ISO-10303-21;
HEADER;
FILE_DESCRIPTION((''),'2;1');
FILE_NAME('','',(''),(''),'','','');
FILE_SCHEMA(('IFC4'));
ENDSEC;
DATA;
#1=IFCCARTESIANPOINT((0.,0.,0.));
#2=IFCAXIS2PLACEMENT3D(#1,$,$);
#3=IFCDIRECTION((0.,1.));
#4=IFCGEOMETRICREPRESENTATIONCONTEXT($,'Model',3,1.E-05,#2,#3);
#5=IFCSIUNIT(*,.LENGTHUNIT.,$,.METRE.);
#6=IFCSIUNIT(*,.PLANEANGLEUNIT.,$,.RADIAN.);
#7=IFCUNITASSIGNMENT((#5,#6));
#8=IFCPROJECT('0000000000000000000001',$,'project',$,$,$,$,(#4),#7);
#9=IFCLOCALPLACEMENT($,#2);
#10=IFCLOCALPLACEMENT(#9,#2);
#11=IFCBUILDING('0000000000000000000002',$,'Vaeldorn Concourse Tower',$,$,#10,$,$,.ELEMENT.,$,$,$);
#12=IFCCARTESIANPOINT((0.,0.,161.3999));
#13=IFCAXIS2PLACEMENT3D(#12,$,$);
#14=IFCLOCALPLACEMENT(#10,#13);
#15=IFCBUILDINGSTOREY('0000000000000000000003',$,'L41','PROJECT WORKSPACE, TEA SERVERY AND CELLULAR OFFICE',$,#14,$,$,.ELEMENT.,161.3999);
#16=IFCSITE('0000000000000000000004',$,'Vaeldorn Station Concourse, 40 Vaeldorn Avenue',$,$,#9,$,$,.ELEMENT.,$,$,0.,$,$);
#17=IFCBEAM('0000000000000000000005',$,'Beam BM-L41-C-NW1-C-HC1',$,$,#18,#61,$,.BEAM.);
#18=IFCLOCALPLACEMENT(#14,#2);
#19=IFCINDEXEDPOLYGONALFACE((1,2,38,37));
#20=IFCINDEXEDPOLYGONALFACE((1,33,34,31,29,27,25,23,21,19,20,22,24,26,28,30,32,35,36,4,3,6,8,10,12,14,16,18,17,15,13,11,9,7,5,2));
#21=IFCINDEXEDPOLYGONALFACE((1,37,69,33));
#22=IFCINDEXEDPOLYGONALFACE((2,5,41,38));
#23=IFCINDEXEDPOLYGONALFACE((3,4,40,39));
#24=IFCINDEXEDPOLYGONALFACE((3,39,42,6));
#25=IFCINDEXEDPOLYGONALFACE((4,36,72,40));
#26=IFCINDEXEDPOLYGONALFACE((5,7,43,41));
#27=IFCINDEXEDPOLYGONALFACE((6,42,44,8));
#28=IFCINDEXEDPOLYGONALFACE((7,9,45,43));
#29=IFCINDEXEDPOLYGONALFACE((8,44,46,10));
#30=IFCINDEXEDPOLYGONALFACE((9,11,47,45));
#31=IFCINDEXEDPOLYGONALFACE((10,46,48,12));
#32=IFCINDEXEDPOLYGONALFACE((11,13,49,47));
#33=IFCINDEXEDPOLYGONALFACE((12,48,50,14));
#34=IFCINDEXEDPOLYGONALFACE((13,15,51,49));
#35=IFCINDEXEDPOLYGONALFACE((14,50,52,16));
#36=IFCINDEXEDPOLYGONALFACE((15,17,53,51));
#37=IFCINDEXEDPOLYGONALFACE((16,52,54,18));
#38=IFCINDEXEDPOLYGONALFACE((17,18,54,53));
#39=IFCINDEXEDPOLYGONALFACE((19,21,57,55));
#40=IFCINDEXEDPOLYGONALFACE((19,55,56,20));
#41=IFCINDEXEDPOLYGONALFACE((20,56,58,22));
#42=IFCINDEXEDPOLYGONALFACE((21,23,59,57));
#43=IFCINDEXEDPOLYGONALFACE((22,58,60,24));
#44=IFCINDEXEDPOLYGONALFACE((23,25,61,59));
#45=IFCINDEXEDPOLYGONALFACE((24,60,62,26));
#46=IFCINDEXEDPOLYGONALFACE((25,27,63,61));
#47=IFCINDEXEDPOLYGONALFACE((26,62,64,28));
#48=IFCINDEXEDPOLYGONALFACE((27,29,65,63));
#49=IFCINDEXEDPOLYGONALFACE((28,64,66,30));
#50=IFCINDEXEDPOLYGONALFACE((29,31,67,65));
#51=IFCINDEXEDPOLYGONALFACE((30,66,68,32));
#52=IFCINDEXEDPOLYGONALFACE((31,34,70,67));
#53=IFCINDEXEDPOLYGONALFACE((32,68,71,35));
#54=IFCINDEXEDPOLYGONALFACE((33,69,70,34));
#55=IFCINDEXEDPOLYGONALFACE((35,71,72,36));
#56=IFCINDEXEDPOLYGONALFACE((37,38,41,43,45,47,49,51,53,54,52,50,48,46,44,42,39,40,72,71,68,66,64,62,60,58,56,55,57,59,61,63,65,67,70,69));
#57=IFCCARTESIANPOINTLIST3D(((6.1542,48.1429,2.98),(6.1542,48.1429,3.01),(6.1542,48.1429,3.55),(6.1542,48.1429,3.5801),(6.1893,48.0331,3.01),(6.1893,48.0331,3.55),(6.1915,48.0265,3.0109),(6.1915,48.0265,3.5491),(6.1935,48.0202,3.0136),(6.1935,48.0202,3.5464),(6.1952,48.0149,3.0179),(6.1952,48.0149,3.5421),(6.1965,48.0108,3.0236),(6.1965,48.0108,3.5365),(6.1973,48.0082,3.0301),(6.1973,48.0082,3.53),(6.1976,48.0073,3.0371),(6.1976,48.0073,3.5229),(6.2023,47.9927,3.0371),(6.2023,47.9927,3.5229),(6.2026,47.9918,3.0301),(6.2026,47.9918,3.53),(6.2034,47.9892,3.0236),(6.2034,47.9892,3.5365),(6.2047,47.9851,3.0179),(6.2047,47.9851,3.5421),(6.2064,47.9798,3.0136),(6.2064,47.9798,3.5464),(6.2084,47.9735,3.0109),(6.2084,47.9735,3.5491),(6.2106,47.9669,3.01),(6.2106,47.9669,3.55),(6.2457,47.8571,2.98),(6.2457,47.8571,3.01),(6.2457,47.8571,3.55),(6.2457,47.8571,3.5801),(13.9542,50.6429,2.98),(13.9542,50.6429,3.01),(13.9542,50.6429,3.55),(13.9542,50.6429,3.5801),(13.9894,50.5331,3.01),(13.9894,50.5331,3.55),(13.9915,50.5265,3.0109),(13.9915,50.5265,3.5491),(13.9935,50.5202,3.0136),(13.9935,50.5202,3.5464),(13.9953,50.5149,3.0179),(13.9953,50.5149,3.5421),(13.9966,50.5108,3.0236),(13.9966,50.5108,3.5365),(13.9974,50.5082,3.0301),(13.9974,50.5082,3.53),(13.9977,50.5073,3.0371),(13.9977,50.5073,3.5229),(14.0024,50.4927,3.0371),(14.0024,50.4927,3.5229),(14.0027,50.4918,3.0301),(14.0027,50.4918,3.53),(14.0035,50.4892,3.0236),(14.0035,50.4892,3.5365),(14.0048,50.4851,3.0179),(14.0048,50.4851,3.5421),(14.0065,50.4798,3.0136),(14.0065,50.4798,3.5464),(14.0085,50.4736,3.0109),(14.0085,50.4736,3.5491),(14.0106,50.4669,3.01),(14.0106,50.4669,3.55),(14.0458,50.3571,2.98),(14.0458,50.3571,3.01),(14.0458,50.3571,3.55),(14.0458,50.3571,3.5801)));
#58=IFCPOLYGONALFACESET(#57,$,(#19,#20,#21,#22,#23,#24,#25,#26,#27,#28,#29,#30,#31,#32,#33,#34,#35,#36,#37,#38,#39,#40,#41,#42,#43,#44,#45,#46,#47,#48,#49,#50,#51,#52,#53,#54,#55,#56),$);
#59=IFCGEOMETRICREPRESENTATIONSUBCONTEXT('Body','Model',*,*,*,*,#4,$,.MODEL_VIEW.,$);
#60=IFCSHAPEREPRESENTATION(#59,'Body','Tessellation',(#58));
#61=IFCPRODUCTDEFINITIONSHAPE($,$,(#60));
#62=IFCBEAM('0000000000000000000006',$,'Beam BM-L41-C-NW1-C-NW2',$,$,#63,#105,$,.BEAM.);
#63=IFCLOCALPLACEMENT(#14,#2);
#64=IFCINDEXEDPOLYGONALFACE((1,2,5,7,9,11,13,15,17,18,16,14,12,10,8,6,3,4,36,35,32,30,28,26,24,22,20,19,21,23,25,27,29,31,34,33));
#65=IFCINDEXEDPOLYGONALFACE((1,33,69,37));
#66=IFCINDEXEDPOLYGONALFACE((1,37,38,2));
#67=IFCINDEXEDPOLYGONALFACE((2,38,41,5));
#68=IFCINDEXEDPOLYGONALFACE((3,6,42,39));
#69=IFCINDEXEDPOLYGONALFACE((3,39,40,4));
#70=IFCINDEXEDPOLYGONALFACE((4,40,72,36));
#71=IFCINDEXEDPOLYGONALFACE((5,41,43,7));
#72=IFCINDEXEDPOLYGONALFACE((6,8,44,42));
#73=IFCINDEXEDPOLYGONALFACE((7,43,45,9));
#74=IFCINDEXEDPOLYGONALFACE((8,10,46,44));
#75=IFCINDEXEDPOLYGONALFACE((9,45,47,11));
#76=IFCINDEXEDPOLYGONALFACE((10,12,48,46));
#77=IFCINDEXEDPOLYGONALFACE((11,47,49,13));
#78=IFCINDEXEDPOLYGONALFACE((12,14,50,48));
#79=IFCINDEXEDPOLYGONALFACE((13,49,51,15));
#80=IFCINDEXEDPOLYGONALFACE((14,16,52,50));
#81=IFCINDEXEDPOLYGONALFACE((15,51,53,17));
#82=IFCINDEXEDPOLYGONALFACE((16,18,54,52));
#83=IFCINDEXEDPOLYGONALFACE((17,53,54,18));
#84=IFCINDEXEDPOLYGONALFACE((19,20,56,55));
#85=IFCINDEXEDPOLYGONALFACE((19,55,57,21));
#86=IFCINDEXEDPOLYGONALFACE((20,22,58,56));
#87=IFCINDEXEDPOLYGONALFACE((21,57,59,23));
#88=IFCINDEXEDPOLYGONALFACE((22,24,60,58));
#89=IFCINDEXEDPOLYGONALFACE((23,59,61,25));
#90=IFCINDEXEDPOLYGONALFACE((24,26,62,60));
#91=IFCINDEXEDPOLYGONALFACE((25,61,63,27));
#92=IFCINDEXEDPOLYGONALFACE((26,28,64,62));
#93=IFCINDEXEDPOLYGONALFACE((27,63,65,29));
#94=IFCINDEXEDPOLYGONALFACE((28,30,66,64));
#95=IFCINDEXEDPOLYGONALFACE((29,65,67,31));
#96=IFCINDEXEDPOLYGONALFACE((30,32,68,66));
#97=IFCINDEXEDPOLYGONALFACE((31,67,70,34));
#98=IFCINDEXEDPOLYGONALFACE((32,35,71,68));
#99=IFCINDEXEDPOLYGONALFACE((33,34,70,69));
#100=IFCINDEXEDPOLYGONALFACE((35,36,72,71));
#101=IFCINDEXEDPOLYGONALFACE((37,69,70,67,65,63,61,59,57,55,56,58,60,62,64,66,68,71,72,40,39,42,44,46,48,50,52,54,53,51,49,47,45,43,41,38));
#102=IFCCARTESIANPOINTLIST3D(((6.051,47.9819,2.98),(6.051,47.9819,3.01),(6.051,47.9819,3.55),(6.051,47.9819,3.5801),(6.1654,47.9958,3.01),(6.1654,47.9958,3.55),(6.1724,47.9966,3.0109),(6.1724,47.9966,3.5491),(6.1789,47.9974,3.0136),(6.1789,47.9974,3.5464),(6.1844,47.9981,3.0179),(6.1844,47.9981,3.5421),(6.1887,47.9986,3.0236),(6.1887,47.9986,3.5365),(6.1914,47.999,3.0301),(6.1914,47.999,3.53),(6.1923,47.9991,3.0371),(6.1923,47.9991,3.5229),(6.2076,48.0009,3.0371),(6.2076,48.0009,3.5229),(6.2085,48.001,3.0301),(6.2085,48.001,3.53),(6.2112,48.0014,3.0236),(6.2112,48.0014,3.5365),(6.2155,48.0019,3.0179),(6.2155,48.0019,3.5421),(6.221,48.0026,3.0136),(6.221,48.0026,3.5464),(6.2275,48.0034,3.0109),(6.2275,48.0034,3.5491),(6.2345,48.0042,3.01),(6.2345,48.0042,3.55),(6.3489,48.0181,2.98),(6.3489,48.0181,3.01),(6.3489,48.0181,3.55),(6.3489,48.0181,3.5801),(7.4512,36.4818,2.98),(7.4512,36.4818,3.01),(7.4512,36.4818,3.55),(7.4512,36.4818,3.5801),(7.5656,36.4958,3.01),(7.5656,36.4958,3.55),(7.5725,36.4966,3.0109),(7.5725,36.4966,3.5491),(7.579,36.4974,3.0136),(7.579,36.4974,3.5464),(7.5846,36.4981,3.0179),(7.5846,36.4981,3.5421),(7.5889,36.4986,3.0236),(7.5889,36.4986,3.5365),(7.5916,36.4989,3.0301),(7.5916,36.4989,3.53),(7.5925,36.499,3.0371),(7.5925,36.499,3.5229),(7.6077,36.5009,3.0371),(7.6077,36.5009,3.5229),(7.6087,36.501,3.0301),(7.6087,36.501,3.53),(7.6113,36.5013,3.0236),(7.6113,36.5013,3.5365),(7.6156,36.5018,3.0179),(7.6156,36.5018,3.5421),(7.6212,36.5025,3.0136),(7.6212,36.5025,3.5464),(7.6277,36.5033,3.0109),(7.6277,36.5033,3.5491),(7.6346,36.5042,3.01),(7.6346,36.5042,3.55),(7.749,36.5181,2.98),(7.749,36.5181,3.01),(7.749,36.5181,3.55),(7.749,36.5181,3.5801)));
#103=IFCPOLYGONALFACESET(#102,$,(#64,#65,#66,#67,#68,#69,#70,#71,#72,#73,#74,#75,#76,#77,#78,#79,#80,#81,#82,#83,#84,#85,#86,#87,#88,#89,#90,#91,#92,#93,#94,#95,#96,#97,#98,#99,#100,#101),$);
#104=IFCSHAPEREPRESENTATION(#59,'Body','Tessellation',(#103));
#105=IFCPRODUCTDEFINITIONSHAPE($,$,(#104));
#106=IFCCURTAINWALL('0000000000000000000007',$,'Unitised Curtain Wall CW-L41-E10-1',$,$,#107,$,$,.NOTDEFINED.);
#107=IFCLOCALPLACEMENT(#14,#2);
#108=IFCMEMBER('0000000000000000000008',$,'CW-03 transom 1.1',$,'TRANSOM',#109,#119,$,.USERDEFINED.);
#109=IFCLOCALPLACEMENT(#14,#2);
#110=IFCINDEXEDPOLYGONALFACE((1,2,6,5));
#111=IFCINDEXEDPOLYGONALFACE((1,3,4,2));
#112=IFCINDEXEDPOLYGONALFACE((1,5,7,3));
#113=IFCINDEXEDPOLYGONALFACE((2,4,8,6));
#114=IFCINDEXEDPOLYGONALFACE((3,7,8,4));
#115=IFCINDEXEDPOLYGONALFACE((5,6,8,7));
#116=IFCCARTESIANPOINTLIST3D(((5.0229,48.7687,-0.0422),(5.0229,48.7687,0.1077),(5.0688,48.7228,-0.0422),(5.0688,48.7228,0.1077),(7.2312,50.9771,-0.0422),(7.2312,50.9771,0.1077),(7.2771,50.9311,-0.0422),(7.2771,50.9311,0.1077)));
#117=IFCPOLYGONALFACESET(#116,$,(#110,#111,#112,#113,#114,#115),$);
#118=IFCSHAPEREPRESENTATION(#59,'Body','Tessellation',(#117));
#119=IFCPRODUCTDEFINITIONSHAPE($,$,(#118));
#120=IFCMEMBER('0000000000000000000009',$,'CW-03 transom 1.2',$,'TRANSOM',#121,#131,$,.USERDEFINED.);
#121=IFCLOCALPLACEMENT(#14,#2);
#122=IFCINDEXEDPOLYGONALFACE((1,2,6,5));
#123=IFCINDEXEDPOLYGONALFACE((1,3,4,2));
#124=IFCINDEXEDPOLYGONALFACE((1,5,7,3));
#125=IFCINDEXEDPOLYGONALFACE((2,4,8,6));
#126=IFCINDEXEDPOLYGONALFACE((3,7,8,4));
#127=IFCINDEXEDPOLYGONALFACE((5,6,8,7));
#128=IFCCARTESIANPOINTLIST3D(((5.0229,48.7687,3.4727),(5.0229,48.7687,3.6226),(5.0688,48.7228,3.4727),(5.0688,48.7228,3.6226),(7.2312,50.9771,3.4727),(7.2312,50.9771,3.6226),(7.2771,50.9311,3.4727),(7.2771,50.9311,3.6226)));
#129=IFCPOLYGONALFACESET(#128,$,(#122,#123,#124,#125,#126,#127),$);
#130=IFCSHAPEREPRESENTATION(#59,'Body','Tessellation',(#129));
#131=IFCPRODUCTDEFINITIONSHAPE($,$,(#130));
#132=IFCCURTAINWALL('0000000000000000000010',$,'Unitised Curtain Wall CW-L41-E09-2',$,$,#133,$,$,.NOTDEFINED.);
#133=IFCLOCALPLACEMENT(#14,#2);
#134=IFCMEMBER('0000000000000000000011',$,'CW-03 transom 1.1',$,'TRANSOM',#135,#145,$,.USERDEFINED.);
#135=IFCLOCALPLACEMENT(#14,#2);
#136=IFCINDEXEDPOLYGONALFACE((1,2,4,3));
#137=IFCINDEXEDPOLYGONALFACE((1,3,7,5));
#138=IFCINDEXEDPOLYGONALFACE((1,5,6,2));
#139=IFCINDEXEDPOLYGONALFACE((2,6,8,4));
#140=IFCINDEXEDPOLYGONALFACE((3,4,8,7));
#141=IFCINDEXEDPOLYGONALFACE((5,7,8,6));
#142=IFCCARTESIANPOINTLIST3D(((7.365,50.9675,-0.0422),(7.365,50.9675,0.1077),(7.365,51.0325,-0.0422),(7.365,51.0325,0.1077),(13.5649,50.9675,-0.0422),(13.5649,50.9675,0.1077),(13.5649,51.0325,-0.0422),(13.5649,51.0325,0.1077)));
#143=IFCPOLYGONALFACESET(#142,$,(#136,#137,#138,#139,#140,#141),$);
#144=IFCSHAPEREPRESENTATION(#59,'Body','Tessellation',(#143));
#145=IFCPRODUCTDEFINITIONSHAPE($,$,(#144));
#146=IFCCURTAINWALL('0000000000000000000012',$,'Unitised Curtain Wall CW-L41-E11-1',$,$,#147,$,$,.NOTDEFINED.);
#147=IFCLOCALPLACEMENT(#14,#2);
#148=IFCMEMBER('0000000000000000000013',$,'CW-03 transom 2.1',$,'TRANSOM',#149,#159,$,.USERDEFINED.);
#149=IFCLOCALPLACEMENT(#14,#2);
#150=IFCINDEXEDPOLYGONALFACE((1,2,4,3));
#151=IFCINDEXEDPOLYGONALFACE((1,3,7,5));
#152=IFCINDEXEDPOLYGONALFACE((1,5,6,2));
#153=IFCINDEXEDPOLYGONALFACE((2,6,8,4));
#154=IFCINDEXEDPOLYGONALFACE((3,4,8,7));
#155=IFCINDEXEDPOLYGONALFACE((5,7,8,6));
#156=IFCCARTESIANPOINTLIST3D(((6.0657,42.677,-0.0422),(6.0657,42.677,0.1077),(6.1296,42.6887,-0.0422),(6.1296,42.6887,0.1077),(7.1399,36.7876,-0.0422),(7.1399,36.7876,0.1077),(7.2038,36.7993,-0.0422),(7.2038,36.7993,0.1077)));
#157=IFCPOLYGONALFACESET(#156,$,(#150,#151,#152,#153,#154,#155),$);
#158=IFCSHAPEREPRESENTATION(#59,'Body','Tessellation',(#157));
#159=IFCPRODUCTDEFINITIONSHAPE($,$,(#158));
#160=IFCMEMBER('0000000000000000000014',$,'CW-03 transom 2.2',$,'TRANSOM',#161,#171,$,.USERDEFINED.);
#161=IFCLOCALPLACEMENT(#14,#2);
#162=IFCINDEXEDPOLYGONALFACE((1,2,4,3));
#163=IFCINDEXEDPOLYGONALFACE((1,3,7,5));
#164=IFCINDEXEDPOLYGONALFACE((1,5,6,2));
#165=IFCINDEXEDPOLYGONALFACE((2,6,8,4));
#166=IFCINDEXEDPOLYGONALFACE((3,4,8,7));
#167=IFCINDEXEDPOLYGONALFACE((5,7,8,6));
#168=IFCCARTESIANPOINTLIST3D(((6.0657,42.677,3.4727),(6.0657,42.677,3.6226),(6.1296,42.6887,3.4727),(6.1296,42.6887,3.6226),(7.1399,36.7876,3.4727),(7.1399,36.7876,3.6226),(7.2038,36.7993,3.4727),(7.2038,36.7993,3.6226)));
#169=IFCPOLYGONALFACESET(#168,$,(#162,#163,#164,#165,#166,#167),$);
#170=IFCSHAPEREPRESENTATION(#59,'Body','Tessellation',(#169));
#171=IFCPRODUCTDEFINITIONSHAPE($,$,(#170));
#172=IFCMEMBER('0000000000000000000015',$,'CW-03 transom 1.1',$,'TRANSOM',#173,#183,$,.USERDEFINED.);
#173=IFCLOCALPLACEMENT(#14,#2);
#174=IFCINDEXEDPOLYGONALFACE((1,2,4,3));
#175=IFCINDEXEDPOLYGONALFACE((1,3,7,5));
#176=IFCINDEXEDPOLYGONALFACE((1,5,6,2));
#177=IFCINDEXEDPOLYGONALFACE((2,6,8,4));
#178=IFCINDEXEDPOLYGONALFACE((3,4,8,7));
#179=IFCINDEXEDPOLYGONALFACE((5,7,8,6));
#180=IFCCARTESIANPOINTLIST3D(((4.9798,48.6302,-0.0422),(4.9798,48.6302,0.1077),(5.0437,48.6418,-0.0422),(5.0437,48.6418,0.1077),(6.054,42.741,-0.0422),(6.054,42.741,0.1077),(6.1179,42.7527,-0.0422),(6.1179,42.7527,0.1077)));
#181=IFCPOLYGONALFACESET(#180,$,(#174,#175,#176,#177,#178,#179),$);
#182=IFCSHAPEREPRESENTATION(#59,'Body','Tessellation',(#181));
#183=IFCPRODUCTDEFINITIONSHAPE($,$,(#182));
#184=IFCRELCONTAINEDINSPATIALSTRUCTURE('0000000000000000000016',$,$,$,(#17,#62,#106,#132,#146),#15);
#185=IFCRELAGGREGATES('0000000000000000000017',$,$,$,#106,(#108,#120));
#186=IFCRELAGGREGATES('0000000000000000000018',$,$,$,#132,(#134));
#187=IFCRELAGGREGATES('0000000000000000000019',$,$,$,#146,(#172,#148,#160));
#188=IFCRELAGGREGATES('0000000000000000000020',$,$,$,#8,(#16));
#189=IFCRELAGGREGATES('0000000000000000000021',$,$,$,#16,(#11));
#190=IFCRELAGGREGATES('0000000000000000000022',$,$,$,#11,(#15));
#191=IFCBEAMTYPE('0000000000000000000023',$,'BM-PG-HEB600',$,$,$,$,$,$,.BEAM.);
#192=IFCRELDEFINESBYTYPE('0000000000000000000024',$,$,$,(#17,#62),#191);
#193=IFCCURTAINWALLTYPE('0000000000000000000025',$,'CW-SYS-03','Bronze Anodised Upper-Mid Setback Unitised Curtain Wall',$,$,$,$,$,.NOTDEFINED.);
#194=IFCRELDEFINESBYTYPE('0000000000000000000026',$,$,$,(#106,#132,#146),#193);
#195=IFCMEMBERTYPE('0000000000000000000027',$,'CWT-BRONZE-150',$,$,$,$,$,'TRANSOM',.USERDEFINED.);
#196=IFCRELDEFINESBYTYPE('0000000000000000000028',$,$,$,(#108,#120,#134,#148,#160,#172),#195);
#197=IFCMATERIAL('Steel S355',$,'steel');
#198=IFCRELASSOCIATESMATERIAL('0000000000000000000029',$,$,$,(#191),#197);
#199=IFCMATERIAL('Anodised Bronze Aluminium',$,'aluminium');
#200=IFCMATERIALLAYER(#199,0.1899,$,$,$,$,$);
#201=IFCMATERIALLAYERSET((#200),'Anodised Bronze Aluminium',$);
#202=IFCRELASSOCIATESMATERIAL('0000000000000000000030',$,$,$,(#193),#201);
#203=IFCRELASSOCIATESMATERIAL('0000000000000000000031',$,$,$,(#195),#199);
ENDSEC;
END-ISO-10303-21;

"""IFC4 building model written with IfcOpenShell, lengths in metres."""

from ifc_helpers import new_model, si_unit, direction, frame, origin, origin_2d, place, context, subcontext, project, spatial, rectangle, i_section, extrude, source, transform, mapped, material, layer, layer_set, material_profile, profile_set, type_object, element, aggregate, save


model = new_model("IFC4")

# Units and contexts
model_context = context("Model", 3, precision=1e-05, world=origin(), true_north=direction((0.0, 1.0)))
body_context = subcontext(model_context, "Body", "Model", "MODEL_VIEW")
ifc_project = project(units=[si_unit("LENGTHUNIT", "METRE"), si_unit("PLANEANGLEUNIT", "RADIAN")], contexts=[model_context])

# Site, building, storey
site_placement = place(None, origin())
site = spatial("IfcSite", under=ifc_project, at=site_placement, Name="Vaeldorn Station Concourse, 40 Vaeldorn Avenue", CompositionType="ELEMENT", RefElevation=0.0)
building_placement = place(site_placement, origin())
building = spatial("IfcBuilding", under=site, at=building_placement, Name="Vaeldorn Concourse Tower", CompositionType="ELEMENT")
storey_placement = place(building_placement, frame((0.0, 0.0, 161.3999)))
storey = spatial("IfcBuildingStorey", under=building, at=storey_placement, Name="L41", Description="PROJECT WORKSPACE, TEA SERVERY AND CELLULAR OFFICE", CompositionType="ELEMENT", Elevation=161.3999)

# Beams
ifc_material_1 = material(Name="Steel S355", Category="steel")
ifc_material_profile_1 = material_profile(ifc_material_1, i_section(OverallWidth=0.3, OverallDepth=0.6001, WebThickness=0.0154, FlangeThickness=0.03, FilletRadius=0.0271, at=origin_2d()), Name="HEB 600")
ifc_profile_set_1 = profile_set([ifc_material_profile_1], Name="Steel S355")
beam_type_1 = type_object("IfcBeamType", Name="BM-PG-HEB600", PredefinedType="BEAM", material=ifc_profile_set_1)
shared_shape_1 = source(origin(), body_context, "Body", "SweptSolid", [
    extrude(i_section(OverallWidth=0.3, OverallDepth=0.6001, WebThickness=0.0154, FlangeThickness=0.03, FilletRadius=0.0271, at=origin_2d()), origin(), (0.0, 0.0, 1.0), 8.1909),
])
beam_1_placement = place(storey_placement, frame((6.2, 48.0, 3.28), z_axis=(0.952283, 0.305217, 0.0), x_axis=(-0.305217, 0.952283, 0.0)))
element("IfcBeam", 1, at=beam_1_placement, inside=storey, type_object=beam_type_1, Name="Beam BM-L41-C-NW1-C-HC1", PredefinedType="BEAM", context=body_context, shape_type="MappedRepresentation", body=[
    mapped(shared_shape_1, transform((0.0, 0.0, 0.0), scale=1.0)),
])
shared_shape_2 = source(origin(), body_context, "Body", "SweptSolid", [
    extrude(i_section(OverallWidth=0.3, OverallDepth=0.6001, WebThickness=0.0154, FlangeThickness=0.03, FilletRadius=0.0271, at=origin_2d()), origin(), (0.0, 0.0, 1.0), 11.585),
])
beam_2_placement = place(storey_placement, frame((6.2, 48.0, 3.28), z_axis=(0.120859, -0.99267, 0.0), x_axis=(0.99267, 0.120859, 0.0)))
element("IfcBeam", 2, at=beam_2_placement, inside=storey, type_object=beam_type_1, Name="Beam BM-L41-C-NW1-C-NW2", PredefinedType="BEAM", context=body_context, shape_type="MappedRepresentation", body=[
    mapped(shared_shape_2, transform((0.0, 0.0, 0.0), scale=1.0)),
])

# Curtain wall, members
ifc_material_2 = material(Name="Anodised Bronze Aluminium", Category="aluminium")
ifc_layer_1 = layer(ifc_material_2, 0.1899)
ifc_layer_set_1 = layer_set([ifc_layer_1], Name="Anodised Bronze Aluminium")
curtain_wall_type = type_object("IfcCurtainWallType", Name="CW-SYS-03", Description="Bronze Anodised Upper-Mid Setback Unitised Curtain Wall", PredefinedType="NOTDEFINED", material=ifc_layer_set_1)
curtain_wall_1_placement = place(storey_placement, origin())
curtain_wall_1 = element("IfcCurtainWall", 3, at=curtain_wall_1_placement, inside=storey, type_object=curtain_wall_type, Name="Unitised Curtain Wall CW-L41-E10-1", PredefinedType="NOTDEFINED")
ifc_material_profile_2 = material_profile(ifc_material_2, rectangle(XDim=0.0649, YDim=0.1499, at=origin_2d()), Name="CWT 65x150")
ifc_profile_set_2 = profile_set([ifc_material_profile_2], Name="Anodised Bronze Aluminium")
member_type_1 = type_object("IfcMemberType", Name="CWT-BRONZE-150", ElementType="TRANSOM", PredefinedType="USERDEFINED", material=ifc_profile_set_2)
shared_shape_3 = source(origin(), body_context, "Body", "SweptSolid", [
    extrude(rectangle(XDim=0.0649, YDim=0.1499, at=origin_2d()), origin(), (0.0, 0.0, 1.0), 3.123),
])
member_1_placement = place(storey_placement, frame((7.2542, 50.9541, 0.0327), z_axis=(-0.707107, -0.707107, 0.0), x_axis=(0.707107, -0.707107, 0.0)))
member_1 = element("IfcMember", 4, at=member_1_placement, type_object=member_type_1, Name="CW-03 transom 1.1", ObjectType="TRANSOM", PredefinedType="USERDEFINED", context=body_context, shape_type="MappedRepresentation", body=[
    mapped(shared_shape_3, transform((0.0, 0.0, 0.0), scale=1.0)),
])
member_2_placement = place(storey_placement, frame((7.2542, 50.9541, 3.5476), z_axis=(-0.707107, -0.707107, 0.0), x_axis=(0.707107, -0.707107, 0.0)))
member_2 = element("IfcMember", 5, at=member_2_placement, type_object=member_type_1, Name="CW-03 transom 1.2", ObjectType="TRANSOM", PredefinedType="USERDEFINED", context=body_context, shape_type="MappedRepresentation", body=[
    mapped(shared_shape_3, transform((0.0, 0.0, 0.0), scale=1.0)),
])

# Curtain wall, member
curtain_wall_2_placement = place(storey_placement, origin())
curtain_wall_2 = element("IfcCurtainWall", 6, at=curtain_wall_2_placement, inside=storey, type_object=curtain_wall_type, Name="Unitised Curtain Wall CW-L41-E09-2", PredefinedType="NOTDEFINED")
shared_shape_4 = source(origin(), body_context, "Body", "SweptSolid", [
    extrude(rectangle(XDim=0.0649, YDim=0.1499, at=origin_2d()), origin(), (0.0, 0.0, 1.0), 6.2),
])
member_3_placement = place(storey_placement, frame((13.5649, 51.0, 0.0327), z_axis=(-1.0, 0.0, 0.0), x_axis=(0.0, -1.0, 0.0)))
member_3 = element("IfcMember", 7, at=member_3_placement, type_object=member_type_1, Name="CW-03 transom 1.1", ObjectType="TRANSOM", PredefinedType="USERDEFINED", context=body_context, shape_type="MappedRepresentation", body=[
    mapped(shared_shape_4, transform((0.0, 0.0, 0.0), scale=1.0)),
])

# Curtain wall, members
curtain_wall_3_placement = place(storey_placement, origin())
curtain_wall_3 = element("IfcCurtainWall", 8, at=curtain_wall_3_placement, inside=storey, type_object=curtain_wall_type, Name="Unitised Curtain Wall CW-L41-E11-1", PredefinedType="NOTDEFINED")
shared_shape_5 = source(origin(), body_context, "Body", "SweptSolid", [
    extrude(rectangle(XDim=0.0649, YDim=0.1499, at=origin_2d()), origin(), (0.0, 0.0, 1.0), 5.9866),
])
member_4_placement = place(storey_placement, frame((6.0977, 42.6829, 0.0327), z_axis=(0.179438, -0.983769, 0.0), x_axis=(0.983769, 0.179438, 0.0)))
member_4 = element("IfcMember", 9, at=member_4_placement, type_object=member_type_1, Name="CW-03 transom 2.1", ObjectType="TRANSOM", PredefinedType="USERDEFINED", context=body_context, shape_type="MappedRepresentation", body=[
    mapped(shared_shape_5, transform((0.0, 0.0, 0.0), scale=1.0)),
])
member_5_placement = place(storey_placement, frame((6.0977, 42.6829, 3.5476), z_axis=(0.179438, -0.983769, 0.0), x_axis=(0.983769, 0.179438, 0.0)))
member_5 = element("IfcMember", 10, at=member_5_placement, type_object=member_type_1, Name="CW-03 transom 2.2", ObjectType="TRANSOM", PredefinedType="USERDEFINED", context=body_context, shape_type="MappedRepresentation", body=[
    mapped(shared_shape_5, transform((0.0, 0.0, 0.0), scale=1.0)),
])
shared_shape_6 = source(origin(), body_context, "Body", "SweptSolid", [
    extrude(rectangle(XDim=0.0649, YDim=0.1499, at=origin_2d()), origin(), (0.0, 0.0, 1.0), 5.9863),
])
member_6_placement = place(storey_placement, frame((5.0117, 48.636, 0.0327), z_axis=(0.179445, -0.983768, 0.0), x_axis=(0.983768, 0.179445, 0.0)))
member_6 = element("IfcMember", 11, at=member_6_placement, type_object=member_type_1, Name="CW-03 transom 1.1", ObjectType="TRANSOM", PredefinedType="USERDEFINED", context=body_context, shape_type="MappedRepresentation", body=[
    mapped(shared_shape_6, transform((0.0, 0.0, 0.0), scale=1.0)),
])

aggregate(curtain_wall_1, [member_1, member_2])
aggregate(curtain_wall_2, [member_3])
aggregate(curtain_wall_3, [member_6, member_4, member_5])

save(model, "model.ifc")
